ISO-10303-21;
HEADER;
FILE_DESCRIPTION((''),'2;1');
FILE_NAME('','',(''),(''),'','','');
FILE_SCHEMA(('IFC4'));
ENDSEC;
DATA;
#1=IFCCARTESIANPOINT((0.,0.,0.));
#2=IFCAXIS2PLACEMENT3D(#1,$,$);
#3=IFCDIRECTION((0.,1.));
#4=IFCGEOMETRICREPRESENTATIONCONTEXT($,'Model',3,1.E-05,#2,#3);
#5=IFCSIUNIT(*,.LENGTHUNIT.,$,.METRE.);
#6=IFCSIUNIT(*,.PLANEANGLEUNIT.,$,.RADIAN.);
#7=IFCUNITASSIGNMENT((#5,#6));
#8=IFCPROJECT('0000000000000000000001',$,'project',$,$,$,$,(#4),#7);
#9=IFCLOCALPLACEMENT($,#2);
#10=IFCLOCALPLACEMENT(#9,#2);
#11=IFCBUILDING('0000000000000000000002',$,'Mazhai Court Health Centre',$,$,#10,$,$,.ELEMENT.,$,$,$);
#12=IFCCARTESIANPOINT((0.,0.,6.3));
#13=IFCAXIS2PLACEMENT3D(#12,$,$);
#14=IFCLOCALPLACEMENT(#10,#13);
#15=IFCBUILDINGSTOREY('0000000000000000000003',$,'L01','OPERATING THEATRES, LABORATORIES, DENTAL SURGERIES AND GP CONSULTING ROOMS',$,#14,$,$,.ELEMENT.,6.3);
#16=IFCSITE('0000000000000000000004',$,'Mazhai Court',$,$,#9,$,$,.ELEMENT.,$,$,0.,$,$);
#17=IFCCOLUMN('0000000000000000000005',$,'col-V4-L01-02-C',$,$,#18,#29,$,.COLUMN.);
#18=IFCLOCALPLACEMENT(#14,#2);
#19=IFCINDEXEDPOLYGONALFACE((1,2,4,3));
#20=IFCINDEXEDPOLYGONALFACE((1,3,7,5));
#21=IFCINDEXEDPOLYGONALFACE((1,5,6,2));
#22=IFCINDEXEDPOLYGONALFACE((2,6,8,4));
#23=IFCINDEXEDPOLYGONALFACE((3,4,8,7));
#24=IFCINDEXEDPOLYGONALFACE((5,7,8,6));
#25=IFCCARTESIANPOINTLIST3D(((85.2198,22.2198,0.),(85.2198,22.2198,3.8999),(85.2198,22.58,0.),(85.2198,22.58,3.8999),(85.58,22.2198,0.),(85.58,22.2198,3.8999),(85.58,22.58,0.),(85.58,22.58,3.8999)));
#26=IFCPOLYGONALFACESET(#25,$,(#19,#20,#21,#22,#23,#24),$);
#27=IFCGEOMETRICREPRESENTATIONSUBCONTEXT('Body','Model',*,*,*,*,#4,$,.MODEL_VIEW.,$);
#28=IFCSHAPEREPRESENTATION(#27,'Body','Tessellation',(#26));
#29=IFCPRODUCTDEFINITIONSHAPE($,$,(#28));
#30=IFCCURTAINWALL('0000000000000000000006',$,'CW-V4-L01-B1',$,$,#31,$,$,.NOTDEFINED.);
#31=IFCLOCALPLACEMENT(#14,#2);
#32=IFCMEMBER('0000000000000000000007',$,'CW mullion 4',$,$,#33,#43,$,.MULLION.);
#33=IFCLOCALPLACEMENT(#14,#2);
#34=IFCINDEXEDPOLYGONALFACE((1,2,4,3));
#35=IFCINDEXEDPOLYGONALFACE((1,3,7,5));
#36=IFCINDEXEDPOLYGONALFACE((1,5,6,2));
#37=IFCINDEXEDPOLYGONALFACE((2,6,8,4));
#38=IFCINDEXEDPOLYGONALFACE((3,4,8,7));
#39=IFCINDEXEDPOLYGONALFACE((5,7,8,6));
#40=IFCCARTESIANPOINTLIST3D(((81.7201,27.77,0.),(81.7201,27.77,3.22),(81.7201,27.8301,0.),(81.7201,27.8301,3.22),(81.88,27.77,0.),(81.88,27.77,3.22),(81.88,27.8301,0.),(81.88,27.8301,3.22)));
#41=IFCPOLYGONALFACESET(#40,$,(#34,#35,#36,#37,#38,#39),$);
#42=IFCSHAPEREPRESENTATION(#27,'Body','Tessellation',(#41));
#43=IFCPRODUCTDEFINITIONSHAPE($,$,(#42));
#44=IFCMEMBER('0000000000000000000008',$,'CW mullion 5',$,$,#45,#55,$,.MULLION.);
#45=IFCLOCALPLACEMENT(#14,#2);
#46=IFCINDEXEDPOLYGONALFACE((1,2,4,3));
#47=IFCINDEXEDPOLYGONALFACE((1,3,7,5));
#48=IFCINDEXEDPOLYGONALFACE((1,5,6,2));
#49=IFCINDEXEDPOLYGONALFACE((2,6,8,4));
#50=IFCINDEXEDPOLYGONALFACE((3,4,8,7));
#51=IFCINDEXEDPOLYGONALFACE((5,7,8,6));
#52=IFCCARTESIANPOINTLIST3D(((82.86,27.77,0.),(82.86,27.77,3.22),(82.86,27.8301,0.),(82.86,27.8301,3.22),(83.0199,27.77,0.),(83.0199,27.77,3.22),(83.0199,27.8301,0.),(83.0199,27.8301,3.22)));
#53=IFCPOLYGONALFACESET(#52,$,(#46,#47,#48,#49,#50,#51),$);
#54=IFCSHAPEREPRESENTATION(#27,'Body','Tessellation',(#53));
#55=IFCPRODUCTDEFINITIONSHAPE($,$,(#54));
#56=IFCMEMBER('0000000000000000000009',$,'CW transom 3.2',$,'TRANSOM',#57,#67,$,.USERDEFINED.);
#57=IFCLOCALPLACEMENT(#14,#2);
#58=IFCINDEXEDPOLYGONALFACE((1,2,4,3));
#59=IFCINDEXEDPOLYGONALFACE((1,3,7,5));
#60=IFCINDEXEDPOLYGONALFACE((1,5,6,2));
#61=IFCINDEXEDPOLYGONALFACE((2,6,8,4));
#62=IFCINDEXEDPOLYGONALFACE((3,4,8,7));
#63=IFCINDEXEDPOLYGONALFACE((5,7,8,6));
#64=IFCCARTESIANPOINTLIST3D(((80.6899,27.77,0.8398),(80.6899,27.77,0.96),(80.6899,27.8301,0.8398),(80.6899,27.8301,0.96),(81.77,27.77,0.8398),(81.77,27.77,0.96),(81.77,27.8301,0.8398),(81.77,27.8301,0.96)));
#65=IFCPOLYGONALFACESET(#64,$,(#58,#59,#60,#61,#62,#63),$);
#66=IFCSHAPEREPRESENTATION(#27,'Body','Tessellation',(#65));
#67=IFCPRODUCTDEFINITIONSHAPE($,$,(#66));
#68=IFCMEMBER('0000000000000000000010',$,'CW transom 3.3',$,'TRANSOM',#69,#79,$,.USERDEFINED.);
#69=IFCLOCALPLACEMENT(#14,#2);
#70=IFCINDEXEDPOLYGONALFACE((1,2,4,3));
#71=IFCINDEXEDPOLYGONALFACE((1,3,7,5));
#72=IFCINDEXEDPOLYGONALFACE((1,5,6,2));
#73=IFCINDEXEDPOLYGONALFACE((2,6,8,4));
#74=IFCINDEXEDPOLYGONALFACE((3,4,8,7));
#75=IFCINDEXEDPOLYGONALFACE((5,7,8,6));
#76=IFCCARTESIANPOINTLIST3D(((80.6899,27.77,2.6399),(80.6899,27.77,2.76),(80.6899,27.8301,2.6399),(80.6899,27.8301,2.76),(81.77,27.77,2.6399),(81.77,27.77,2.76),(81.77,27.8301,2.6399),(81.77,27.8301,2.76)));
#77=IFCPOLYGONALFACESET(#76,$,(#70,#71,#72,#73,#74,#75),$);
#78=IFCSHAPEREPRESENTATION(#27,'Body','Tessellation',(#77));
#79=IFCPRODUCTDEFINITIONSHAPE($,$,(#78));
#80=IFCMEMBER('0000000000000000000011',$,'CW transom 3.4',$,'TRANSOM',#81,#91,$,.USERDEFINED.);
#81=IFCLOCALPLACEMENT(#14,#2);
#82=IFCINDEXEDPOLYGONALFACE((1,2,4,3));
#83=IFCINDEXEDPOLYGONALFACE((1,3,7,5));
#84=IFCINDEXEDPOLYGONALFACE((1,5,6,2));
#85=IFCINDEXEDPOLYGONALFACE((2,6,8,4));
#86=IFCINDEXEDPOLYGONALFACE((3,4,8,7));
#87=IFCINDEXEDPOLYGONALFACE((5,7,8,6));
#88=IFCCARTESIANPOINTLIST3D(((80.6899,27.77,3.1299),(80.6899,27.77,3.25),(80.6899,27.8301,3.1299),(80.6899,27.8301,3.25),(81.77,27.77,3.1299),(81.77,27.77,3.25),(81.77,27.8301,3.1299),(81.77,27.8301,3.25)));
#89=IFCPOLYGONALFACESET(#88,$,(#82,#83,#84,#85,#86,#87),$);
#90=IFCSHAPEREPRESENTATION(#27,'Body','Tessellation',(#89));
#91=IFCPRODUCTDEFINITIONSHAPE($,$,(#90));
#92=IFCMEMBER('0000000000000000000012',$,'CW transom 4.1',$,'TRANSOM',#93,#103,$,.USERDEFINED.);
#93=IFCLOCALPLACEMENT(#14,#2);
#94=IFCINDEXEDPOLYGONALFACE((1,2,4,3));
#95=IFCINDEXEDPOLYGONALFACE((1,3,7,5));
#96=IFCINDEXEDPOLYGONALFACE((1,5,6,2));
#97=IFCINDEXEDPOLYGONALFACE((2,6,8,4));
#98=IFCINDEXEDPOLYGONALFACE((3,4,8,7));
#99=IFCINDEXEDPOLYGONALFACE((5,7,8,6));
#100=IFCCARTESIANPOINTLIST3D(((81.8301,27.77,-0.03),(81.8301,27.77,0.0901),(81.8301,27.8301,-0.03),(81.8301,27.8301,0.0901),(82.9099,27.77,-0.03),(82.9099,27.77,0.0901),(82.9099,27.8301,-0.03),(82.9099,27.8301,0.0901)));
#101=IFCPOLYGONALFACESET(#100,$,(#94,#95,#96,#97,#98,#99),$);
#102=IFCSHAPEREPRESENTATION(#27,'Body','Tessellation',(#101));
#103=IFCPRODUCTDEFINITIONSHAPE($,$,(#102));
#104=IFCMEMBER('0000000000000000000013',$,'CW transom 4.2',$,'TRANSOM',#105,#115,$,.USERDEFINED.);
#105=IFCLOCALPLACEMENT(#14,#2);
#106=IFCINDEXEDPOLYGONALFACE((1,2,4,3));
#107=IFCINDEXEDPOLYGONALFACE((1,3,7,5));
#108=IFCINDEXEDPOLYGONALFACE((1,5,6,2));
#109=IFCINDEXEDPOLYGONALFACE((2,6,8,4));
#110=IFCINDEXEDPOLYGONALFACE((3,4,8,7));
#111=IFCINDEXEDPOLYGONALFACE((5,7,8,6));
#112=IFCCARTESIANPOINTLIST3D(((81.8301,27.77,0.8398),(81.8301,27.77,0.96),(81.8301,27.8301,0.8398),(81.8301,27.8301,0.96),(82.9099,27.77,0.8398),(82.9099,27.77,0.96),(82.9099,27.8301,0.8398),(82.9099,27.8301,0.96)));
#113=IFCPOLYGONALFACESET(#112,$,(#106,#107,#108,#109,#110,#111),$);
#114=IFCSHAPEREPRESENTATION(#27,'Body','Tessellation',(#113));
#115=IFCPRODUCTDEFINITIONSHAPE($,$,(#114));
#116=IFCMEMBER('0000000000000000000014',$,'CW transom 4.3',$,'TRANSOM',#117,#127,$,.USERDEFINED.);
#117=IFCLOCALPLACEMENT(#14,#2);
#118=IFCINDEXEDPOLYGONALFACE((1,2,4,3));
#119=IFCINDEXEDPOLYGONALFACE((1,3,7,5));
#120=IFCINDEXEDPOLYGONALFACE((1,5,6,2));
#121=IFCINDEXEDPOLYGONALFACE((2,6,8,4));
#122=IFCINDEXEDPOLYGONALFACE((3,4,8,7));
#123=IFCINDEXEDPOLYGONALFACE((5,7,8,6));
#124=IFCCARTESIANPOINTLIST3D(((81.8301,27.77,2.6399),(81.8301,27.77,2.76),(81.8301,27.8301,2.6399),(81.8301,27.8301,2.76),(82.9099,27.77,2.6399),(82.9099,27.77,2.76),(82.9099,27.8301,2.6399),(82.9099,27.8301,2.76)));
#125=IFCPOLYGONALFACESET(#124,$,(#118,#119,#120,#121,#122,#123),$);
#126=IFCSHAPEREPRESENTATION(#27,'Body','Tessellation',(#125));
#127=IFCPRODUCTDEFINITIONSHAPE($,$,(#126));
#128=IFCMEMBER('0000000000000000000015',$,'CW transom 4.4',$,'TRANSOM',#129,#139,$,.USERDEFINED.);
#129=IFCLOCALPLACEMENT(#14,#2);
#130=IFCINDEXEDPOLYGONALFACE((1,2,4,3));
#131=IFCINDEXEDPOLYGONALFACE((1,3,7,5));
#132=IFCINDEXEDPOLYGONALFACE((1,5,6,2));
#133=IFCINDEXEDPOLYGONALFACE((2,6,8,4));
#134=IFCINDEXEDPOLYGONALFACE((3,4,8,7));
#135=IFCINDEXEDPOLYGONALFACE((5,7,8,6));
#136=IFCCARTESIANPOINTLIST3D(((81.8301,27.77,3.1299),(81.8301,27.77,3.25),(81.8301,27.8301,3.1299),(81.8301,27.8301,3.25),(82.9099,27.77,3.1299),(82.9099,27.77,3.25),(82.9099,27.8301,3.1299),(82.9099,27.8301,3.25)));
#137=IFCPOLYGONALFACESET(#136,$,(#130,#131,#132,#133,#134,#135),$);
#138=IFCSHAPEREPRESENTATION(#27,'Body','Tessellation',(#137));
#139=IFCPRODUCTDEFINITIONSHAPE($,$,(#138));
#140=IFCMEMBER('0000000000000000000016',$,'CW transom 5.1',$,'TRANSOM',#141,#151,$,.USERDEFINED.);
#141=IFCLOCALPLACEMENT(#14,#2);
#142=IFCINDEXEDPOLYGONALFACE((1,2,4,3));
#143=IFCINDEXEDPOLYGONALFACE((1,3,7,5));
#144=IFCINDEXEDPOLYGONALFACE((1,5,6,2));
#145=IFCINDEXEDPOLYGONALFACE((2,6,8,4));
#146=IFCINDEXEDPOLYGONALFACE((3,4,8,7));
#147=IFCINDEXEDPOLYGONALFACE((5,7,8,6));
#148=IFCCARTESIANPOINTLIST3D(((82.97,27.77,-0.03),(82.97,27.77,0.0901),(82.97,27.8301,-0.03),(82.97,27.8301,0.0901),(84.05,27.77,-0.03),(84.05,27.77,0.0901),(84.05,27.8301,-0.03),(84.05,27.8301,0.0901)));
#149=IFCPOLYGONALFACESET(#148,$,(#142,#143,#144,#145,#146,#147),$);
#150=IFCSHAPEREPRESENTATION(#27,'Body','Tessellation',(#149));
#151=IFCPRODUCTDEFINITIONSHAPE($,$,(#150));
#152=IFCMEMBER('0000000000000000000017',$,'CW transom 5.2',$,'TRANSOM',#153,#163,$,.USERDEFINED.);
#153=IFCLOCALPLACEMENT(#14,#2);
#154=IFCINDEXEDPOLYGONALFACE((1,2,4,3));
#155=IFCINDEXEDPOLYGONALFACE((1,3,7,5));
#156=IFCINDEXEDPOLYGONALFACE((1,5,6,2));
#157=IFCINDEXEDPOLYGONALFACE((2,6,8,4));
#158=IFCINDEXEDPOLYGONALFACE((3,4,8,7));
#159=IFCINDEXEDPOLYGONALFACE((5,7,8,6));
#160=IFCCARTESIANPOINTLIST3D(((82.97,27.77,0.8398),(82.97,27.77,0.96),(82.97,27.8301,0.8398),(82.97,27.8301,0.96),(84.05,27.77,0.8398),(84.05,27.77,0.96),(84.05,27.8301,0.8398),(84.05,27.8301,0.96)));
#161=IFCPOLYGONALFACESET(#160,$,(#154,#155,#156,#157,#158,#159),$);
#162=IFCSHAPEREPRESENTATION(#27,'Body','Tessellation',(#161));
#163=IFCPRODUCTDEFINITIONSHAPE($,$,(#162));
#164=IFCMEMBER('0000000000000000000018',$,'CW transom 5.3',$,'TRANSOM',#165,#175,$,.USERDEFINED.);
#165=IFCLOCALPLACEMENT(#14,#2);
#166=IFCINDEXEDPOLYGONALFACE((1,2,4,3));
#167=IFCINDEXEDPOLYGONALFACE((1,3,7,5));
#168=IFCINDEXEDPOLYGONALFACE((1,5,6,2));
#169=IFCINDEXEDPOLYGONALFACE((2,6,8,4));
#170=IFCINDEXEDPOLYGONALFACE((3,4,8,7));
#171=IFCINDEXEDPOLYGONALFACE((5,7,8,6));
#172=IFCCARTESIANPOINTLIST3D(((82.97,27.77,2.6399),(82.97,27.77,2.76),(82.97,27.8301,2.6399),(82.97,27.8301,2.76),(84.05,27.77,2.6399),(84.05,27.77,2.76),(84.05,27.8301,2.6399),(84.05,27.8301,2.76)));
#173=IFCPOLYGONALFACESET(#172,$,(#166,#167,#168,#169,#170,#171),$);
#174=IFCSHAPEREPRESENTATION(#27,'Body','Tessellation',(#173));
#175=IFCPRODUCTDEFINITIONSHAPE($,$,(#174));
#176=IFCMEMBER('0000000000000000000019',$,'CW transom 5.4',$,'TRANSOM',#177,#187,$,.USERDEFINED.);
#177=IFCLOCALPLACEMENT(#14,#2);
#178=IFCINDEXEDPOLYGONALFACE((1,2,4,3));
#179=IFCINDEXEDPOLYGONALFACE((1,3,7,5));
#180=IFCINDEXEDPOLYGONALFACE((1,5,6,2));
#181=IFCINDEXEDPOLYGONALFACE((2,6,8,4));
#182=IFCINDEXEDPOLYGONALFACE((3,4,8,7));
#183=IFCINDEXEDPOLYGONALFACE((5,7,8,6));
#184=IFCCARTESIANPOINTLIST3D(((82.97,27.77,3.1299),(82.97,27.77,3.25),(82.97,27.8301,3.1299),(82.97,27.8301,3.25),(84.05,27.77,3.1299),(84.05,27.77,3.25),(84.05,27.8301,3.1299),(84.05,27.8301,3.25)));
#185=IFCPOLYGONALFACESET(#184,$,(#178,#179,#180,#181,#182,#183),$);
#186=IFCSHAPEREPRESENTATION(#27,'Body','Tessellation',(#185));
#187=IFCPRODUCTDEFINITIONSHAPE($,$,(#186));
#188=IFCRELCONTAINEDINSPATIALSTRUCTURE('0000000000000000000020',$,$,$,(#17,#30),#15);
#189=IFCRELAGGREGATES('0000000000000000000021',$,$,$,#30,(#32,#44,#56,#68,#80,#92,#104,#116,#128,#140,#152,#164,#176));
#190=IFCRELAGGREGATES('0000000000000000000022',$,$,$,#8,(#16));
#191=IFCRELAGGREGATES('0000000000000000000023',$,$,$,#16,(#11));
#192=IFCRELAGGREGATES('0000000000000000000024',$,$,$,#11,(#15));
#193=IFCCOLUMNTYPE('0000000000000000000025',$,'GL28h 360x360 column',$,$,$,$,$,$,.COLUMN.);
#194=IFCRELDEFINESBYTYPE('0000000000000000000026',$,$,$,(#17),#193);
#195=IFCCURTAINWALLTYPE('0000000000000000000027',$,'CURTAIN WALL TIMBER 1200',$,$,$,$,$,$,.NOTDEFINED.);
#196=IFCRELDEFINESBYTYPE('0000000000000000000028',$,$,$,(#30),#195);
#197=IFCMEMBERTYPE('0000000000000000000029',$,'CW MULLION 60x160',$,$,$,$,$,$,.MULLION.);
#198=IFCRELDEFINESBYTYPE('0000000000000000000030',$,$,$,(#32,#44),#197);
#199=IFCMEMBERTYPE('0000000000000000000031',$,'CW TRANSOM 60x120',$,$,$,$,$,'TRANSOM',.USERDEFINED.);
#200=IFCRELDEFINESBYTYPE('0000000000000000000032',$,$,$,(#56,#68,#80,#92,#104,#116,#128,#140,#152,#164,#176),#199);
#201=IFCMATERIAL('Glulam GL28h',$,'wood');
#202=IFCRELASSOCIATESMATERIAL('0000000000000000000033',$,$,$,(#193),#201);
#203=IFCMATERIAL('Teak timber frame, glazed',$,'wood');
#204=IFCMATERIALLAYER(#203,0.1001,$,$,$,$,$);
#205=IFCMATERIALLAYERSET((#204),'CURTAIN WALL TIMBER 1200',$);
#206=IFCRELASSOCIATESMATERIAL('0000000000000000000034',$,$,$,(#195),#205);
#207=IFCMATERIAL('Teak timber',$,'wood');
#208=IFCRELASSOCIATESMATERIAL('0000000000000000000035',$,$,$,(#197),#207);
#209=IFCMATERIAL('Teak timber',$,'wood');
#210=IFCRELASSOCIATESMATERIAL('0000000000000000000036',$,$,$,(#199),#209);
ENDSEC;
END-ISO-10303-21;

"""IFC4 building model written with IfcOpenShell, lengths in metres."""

from ifc_helpers import new_model, si_unit, direction, frame, origin, origin_2d, place, context, subcontext, project, spatial, rectangle, extrude, material, layer, layer_set, material_profile, profile_set, type_object, element, aggregate, save


model = new_model("IFC4")

# Units and contexts
model_context = context("Model", 3, precision=1e-05, world=origin(), true_north=direction((0.0, 1.0)))
body_context = subcontext(model_context, "Body", "Model", "MODEL_VIEW")
ifc_project = project(units=[si_unit("LENGTHUNIT", "METRE"), si_unit("PLANEANGLEUNIT", "RADIAN")], contexts=[model_context])

# Site, building, storey
site_placement = place(None, origin())
site = spatial("IfcSite", under=ifc_project, at=site_placement, Name="Mazhai Court", CompositionType="ELEMENT", RefElevation=0.0)
building_placement = place(site_placement, origin())
building = spatial("IfcBuilding", under=site, at=building_placement, Name="Mazhai Court Health Centre", CompositionType="ELEMENT")
storey_placement = place(building_placement, frame((0.0, 0.0, 6.3)))
storey = spatial("IfcBuildingStorey", under=building, at=storey_placement, Name="L01", Description="OPERATING THEATRES, LABORATORIES, DENTAL SURGERIES AND GP CONSULTING ROOMS", CompositionType="ELEMENT", Elevation=6.3)

# Column
ifc_material_1 = material(Name="Glulam GL28h", Category="wood")
ifc_material_profile_1 = material_profile(ifc_material_1, rectangle(XDim=0.3601, YDim=0.3601, at=origin_2d()), Name="GL28h 360x360")
ifc_profile_set_1 = profile_set([ifc_material_profile_1], Name="Glulam GL28h")
column_type = type_object("IfcColumnType", Name="GL28h 360x360 column", PredefinedType="COLUMN", material=ifc_profile_set_1)
column_placement = place(storey_placement, frame((85.3999, 22.3999, 0.0), z_axis=(0.0, 0.0, 1.0), x_axis=(1.0, 0.0, 0.0)))
element("IfcColumn", 1, at=column_placement, inside=storey, type_object=column_type, Name="col-V4-L01-02-C", PredefinedType="COLUMN", context=body_context, shape_type="SweptSolid", body=[
    extrude(rectangle(XDim=0.3601, YDim=0.3601, at=origin_2d()), origin(), (0.0, 0.0, 1.0), 3.8999),
])

# Curtain wall, members
ifc_material_2 = material(Name="Teak timber frame, glazed", Category="wood")
ifc_layer_1 = layer(ifc_material_2, 0.1001)
ifc_layer_set_1 = layer_set([ifc_layer_1], Name="CURTAIN WALL TIMBER 1200")
curtain_wall_type = type_object("IfcCurtainWallType", Name="CURTAIN WALL TIMBER 1200", PredefinedType="NOTDEFINED", material=ifc_layer_set_1)
curtain_wall_placement = place(storey_placement, origin())
curtain_wall = element("IfcCurtainWall", 2, at=curtain_wall_placement, inside=storey, type_object=curtain_wall_type, Name="CW-V4-L01-B1", PredefinedType="NOTDEFINED")
ifc_material_3 = material(Name="Teak timber", Category="wood")
ifc_material_profile_2 = material_profile(ifc_material_3, rectangle(XDim=0.0601, YDim=0.1599, at=origin_2d()), Name="CW MULLION 60x160")
ifc_profile_set_2 = profile_set([ifc_material_profile_2], Name="Teak timber")
member_type_1 = type_object("IfcMemberType", Name="CW MULLION 60x160", PredefinedType="MULLION", material=ifc_profile_set_2)
member_1_placement = place(storey_placement, frame((81.8, 27.8, 0.0), z_axis=(0.0, 0.0, 1.0), x_axis=(0.0, 1.0, 0.0)))
member_1 = element("IfcMember", 3, at=member_1_placement, type_object=member_type_1, Name="CW mullion 4", PredefinedType="MULLION", context=body_context, shape_type="SweptSolid", body=[
    extrude(rectangle(XDim=0.0601, YDim=0.1599, at=origin_2d()), origin(), (0.0, 0.0, 1.0), 3.22),
])
member_2_placement = place(storey_placement, frame((82.9399, 27.8, 0.0), z_axis=(0.0, 0.0, 1.0), x_axis=(0.0, 1.0, 0.0)))
member_2 = element("IfcMember", 4, at=member_2_placement, type_object=member_type_1, Name="CW mullion 5", PredefinedType="MULLION", context=body_context, shape_type="SweptSolid", body=[
    extrude(rectangle(XDim=0.0601, YDim=0.1599, at=origin_2d()), origin(), (0.0, 0.0, 1.0), 3.22),
])
ifc_material_4 = material(Name="Teak timber", Category="wood")
ifc_material_profile_3 = material_profile(ifc_material_4, rectangle(XDim=0.0601, YDim=0.1201, at=origin_2d()), Name="CW TRANSOM 60x120")
ifc_profile_set_3 = profile_set([ifc_material_profile_3], Name="Teak timber")
member_type_2 = type_object("IfcMemberType", Name="CW TRANSOM 60x120", ElementType="TRANSOM", PredefinedType="USERDEFINED", material=ifc_profile_set_3)
member_3_placement = place(storey_placement, frame((80.6899, 27.8, 0.8999), z_axis=(1.0, 0.0, 0.0), x_axis=(0.0, 1.0, 0.0)))
member_3 = element("IfcMember", 5, at=member_3_placement, type_object=member_type_2, Name="CW transom 3.2", ObjectType="TRANSOM", PredefinedType="USERDEFINED", context=body_context, shape_type="SweptSolid", body=[
    extrude(rectangle(XDim=0.0601, YDim=0.1201, at=origin_2d()), origin(), (0.0, 0.0, 1.0), 1.0801),
])
member_4_placement = place(storey_placement, frame((80.6899, 27.8, 2.7), z_axis=(1.0, 0.0, 0.0), x_axis=(0.0, 1.0, 0.0)))
member_4 = element("IfcMember", 6, at=member_4_placement, type_object=member_type_2, Name="CW transom 3.3", ObjectType="TRANSOM", PredefinedType="USERDEFINED", context=body_context, shape_type="SweptSolid", body=[
    extrude(rectangle(XDim=0.0601, YDim=0.1201, at=origin_2d()), origin(), (0.0, 0.0, 1.0), 1.0801),
])
member_5_placement = place(storey_placement, frame((80.6899, 27.8, 3.1899), z_axis=(1.0, 0.0, 0.0), x_axis=(0.0, 1.0, 0.0)))
member_5 = element("IfcMember", 7, at=member_5_placement, type_object=member_type_2, Name="CW transom 3.4", ObjectType="TRANSOM", PredefinedType="USERDEFINED", context=body_context, shape_type="SweptSolid", body=[
    extrude(rectangle(XDim=0.0601, YDim=0.1201, at=origin_2d()), origin(), (0.0, 0.0, 1.0), 1.0801),
])
member_6_placement = place(storey_placement, frame((81.8301, 27.8, 0.03), z_axis=(1.0, 0.0, 0.0), x_axis=(0.0, 1.0, 0.0)))
member_6 = element("IfcMember", 8, at=member_6_placement, type_object=member_type_2, Name="CW transom 4.1", ObjectType="TRANSOM", PredefinedType="USERDEFINED", context=body_context, shape_type="SweptSolid", body=[
    extrude(rectangle(XDim=0.0601, YDim=0.1201, at=origin_2d()), origin(), (0.0, 0.0, 1.0), 1.0798),
])
member_7_placement = place(storey_placement, frame((81.8301, 27.8, 0.8999), z_axis=(1.0, 0.0, 0.0), x_axis=(0.0, 1.0, 0.0)))
member_7 = element("IfcMember", 9, at=member_7_placement, type_object=member_type_2, Name="CW transom 4.2", ObjectType="TRANSOM", PredefinedType="USERDEFINED", context=body_context, shape_type="SweptSolid", body=[
    extrude(rectangle(XDim=0.0601, YDim=0.1201, at=origin_2d()), origin(), (0.0, 0.0, 1.0), 1.0798),
])
member_8_placement = place(storey_placement, frame((81.8301, 27.8, 2.7), z_axis=(1.0, 0.0, 0.0), x_axis=(0.0, 1.0, 0.0)))
member_8 = element("IfcMember", 10, at=member_8_placement, type_object=member_type_2, Name="CW transom 4.3", ObjectType="TRANSOM", PredefinedType="USERDEFINED", context=body_context, shape_type="SweptSolid", body=[
    extrude(rectangle(XDim=0.0601, YDim=0.1201, at=origin_2d()), origin(), (0.0, 0.0, 1.0), 1.0798),
])
member_9_placement = place(storey_placement, frame((81.8301, 27.8, 3.1899), z_axis=(1.0, 0.0, 0.0), x_axis=(0.0, 1.0, 0.0)))
member_9 = element("IfcMember", 11, at=member_9_placement, type_object=member_type_2, Name="CW transom 4.4", ObjectType="TRANSOM", PredefinedType="USERDEFINED", context=body_context, shape_type="SweptSolid", body=[
    extrude(rectangle(XDim=0.0601, YDim=0.1201, at=origin_2d()), origin(), (0.0, 0.0, 1.0), 1.0798),
])
member_10_placement = place(storey_placement, frame((82.97, 27.8, 0.03), z_axis=(1.0, 0.0, 0.0), x_axis=(0.0, 1.0, 0.0)))
member_10 = element("IfcMember", 12, at=member_10_placement, type_object=member_type_2, Name="CW transom 5.1", ObjectType="TRANSOM", PredefinedType="USERDEFINED", context=body_context, shape_type="SweptSolid", body=[
    extrude(rectangle(XDim=0.0601, YDim=0.1201, at=origin_2d()), origin(), (0.0, 0.0, 1.0), 1.0801),
])
member_11_placement = place(storey_placement, frame((82.97, 27.8, 0.8999), z_axis=(1.0, 0.0, 0.0), x_axis=(0.0, 1.0, 0.0)))
member_11 = element("IfcMember", 13, at=member_11_placement, type_object=member_type_2, Name="CW transom 5.2", ObjectType="TRANSOM", PredefinedType="USERDEFINED", context=body_context, shape_type="SweptSolid", body=[
    extrude(rectangle(XDim=0.0601, YDim=0.1201, at=origin_2d()), origin(), (0.0, 0.0, 1.0), 1.0801),
])
member_12_placement = place(storey_placement, frame((82.97, 27.8, 2.7), z_axis=(1.0, 0.0, 0.0), x_axis=(0.0, 1.0, 0.0)))
member_12 = element("IfcMember", 14, at=member_12_placement, type_object=member_type_2, Name="CW transom 5.3", ObjectType="TRANSOM", PredefinedType="USERDEFINED", context=body_context, shape_type="SweptSolid", body=[
    extrude(rectangle(XDim=0.0601, YDim=0.1201, at=origin_2d()), origin(), (0.0, 0.0, 1.0), 1.0801),
])
member_13_placement = place(storey_placement, frame((82.97, 27.8, 3.1899), z_axis=(1.0, 0.0, 0.0), x_axis=(0.0, 1.0, 0.0)))
member_13 = element("IfcMember", 15, at=member_13_placement, type_object=member_type_2, Name="CW transom 5.4", ObjectType="TRANSOM", PredefinedType="USERDEFINED", context=body_context, shape_type="SweptSolid", body=[
    extrude(rectangle(XDim=0.0601, YDim=0.1201, at=origin_2d()), origin(), (0.0, 0.0, 1.0), 1.0801),
])
aggregate(curtain_wall, [member_1, member_2, member_3, member_4, member_5, member_6, member_7, member_8, member_9, member_10, member_11, member_12, member_13])

save(model, "model.ifc")
